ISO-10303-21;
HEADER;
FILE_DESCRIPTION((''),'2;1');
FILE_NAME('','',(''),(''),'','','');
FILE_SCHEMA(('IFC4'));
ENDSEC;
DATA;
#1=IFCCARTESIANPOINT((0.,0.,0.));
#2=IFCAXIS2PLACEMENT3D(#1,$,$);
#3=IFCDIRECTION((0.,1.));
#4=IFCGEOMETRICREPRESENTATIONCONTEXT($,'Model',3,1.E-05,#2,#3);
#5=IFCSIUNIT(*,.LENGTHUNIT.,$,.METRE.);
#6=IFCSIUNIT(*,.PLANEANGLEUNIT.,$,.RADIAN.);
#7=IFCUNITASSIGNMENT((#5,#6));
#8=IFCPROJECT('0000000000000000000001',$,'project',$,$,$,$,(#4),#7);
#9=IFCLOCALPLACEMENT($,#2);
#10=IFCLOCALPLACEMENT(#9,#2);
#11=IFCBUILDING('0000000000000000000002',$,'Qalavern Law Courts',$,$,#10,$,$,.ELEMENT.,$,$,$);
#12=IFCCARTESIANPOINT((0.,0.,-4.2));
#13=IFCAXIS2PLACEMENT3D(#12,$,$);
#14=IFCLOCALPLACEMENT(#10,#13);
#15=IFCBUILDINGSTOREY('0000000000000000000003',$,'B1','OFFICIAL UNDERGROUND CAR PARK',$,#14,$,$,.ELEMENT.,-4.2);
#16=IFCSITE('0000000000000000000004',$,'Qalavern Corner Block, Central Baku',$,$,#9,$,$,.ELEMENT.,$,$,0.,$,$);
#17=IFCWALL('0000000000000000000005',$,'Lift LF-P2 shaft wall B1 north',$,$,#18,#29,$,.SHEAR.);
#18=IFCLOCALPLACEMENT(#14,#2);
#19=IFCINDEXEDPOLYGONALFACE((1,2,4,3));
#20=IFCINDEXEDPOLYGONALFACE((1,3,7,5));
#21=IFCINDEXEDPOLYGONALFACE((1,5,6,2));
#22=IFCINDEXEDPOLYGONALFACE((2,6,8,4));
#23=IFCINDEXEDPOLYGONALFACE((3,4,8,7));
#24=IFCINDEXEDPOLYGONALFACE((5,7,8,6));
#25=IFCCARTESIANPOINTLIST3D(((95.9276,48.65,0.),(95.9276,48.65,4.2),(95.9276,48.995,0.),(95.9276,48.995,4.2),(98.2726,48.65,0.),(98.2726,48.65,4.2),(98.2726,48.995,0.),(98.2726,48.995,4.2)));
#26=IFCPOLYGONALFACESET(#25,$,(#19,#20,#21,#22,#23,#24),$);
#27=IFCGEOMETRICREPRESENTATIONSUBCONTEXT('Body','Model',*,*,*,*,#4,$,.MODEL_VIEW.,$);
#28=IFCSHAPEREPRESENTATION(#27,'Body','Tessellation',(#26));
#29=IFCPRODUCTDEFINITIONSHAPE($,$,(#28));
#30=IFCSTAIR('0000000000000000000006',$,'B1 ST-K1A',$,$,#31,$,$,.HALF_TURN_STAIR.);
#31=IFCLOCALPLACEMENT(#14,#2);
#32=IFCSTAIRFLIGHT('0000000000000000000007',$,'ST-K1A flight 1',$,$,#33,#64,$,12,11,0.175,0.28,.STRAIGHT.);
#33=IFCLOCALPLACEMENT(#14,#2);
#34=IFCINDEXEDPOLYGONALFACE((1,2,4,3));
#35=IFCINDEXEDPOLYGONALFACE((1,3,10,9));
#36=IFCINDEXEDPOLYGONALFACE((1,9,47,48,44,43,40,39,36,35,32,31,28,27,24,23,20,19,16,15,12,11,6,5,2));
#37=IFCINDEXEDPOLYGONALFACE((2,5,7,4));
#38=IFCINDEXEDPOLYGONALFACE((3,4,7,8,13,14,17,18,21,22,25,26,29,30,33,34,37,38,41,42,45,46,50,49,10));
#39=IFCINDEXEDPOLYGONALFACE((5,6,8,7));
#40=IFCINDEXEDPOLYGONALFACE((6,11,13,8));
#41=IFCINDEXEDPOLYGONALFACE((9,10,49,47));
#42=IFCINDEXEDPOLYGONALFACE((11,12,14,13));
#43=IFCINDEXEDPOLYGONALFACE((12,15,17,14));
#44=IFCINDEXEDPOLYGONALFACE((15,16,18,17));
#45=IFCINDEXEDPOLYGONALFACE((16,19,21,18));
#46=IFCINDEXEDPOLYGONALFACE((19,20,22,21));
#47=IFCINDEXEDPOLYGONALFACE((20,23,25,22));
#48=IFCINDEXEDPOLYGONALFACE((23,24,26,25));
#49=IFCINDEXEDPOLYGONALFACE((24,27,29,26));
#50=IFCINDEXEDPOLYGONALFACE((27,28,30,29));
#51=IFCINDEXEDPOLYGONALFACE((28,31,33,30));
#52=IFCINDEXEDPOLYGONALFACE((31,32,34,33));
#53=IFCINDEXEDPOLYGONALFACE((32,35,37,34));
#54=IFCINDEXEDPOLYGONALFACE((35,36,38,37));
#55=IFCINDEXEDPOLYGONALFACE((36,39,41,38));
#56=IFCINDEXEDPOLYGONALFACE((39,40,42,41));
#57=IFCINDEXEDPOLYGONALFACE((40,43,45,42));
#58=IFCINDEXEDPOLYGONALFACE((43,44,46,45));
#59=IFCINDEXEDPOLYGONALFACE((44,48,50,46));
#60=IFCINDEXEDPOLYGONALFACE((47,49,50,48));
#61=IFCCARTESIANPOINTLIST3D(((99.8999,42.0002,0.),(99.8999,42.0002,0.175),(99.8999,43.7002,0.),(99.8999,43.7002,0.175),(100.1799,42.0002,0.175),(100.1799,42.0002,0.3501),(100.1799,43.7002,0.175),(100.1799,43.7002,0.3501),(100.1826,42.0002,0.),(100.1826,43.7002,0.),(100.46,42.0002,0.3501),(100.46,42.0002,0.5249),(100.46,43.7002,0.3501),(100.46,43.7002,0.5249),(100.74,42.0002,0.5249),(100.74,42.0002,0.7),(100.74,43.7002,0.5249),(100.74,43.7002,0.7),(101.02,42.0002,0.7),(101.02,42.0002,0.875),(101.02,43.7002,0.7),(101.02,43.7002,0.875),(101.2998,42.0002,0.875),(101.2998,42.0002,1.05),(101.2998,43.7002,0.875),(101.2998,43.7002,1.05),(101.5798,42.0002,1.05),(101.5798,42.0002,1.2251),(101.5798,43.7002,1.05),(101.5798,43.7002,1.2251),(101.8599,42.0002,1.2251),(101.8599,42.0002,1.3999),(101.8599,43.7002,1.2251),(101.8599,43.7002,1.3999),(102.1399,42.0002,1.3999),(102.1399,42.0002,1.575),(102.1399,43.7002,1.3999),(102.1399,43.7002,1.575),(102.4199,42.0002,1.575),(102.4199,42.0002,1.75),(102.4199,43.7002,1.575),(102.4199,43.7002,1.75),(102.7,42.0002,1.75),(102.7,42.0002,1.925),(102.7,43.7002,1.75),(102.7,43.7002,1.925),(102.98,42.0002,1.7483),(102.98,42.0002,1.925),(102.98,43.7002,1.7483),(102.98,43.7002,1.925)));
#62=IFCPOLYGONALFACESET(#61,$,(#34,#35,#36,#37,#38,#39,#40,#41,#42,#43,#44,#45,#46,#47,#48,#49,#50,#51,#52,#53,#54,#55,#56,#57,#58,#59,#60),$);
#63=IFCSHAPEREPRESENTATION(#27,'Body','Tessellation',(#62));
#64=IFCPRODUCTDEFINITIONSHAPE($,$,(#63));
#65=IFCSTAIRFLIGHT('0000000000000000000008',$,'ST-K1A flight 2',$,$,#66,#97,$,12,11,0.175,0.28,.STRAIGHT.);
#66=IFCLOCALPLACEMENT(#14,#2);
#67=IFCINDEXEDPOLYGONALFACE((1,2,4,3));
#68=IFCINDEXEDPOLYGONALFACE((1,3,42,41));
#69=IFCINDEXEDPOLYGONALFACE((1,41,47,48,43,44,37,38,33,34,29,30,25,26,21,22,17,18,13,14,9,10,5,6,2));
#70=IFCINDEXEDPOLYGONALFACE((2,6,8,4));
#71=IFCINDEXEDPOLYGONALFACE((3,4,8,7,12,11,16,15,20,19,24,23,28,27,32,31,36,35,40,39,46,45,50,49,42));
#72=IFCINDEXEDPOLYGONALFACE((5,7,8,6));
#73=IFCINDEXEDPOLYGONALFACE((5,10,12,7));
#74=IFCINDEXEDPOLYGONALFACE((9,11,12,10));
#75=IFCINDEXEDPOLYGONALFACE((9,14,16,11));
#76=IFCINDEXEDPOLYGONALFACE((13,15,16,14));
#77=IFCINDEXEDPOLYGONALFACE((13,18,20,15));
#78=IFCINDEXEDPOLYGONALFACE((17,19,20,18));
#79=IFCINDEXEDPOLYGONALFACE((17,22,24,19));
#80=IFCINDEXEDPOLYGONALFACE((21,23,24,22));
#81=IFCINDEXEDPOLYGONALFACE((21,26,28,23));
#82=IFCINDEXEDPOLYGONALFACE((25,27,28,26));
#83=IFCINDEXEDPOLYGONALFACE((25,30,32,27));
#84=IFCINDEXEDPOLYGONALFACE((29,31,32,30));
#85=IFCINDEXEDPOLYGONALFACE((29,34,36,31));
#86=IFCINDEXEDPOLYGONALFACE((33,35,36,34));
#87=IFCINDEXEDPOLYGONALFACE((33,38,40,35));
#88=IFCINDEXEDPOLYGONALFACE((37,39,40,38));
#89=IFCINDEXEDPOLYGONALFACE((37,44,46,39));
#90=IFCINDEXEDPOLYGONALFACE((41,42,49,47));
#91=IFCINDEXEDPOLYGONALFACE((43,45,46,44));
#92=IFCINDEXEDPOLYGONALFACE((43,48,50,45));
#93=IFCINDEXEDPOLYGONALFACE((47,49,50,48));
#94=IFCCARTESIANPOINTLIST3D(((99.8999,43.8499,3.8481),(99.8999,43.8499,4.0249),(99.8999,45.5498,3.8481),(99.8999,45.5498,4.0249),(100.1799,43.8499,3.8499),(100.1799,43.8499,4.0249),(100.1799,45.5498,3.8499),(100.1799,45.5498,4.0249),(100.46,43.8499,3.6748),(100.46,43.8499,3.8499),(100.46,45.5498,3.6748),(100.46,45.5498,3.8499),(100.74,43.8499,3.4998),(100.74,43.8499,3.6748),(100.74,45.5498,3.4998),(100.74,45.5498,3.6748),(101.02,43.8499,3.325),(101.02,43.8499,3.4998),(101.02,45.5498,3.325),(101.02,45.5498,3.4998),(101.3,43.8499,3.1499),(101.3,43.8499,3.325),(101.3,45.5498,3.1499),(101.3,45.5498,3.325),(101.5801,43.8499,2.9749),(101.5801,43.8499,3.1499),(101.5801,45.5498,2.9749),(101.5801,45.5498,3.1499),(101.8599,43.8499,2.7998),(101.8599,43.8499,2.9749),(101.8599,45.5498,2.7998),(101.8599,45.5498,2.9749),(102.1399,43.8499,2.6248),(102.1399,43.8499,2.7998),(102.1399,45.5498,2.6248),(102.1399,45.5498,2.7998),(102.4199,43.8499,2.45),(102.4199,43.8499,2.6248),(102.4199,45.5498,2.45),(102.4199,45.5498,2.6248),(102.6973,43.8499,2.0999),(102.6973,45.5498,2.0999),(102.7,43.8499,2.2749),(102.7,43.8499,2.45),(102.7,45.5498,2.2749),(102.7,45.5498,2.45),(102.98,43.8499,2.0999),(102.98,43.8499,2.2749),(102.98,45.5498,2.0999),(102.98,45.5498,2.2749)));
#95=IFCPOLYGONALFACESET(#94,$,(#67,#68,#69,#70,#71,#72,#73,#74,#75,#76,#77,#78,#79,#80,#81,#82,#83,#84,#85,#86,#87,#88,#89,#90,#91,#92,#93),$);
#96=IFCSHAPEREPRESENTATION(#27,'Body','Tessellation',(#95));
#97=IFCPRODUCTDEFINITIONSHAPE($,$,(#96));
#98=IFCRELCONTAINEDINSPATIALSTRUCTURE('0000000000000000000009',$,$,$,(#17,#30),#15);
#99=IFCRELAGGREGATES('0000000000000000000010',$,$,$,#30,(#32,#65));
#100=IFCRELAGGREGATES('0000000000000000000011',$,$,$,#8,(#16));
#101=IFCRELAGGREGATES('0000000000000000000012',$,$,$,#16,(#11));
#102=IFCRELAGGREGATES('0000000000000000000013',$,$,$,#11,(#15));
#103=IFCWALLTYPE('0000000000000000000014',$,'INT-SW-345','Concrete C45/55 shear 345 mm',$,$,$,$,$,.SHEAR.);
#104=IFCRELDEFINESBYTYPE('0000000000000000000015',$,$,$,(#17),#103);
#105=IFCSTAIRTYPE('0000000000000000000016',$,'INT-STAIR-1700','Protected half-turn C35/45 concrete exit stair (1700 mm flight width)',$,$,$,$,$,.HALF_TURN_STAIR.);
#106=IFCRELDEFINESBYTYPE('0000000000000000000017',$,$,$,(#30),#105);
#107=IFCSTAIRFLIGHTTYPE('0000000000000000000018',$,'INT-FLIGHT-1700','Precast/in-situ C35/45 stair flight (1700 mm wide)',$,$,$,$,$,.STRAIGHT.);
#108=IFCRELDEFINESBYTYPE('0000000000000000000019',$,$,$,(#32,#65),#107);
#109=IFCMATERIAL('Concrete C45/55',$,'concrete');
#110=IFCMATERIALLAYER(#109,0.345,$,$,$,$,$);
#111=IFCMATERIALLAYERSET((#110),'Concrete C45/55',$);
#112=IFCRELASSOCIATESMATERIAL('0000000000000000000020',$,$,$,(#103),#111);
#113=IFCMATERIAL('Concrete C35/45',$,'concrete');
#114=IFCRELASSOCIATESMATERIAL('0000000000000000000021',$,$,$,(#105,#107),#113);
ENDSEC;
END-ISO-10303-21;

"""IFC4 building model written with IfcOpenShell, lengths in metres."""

from ifc_helpers import new_model, si_unit, direction, frame, frame_2d, origin, place, context, subcontext, project, spatial, polyline, rectangle, outline, extrude, material, layer, layer_set, type_object, element, aggregate, save


model = new_model("IFC4")

# Units and contexts
model_context = context("Model", 3, precision=1e-05, world=origin(), true_north=direction((0.0, 1.0)))
body_context = subcontext(model_context, "Body", "Model", "MODEL_VIEW")
ifc_project = project(units=[si_unit("LENGTHUNIT", "METRE"), si_unit("PLANEANGLEUNIT", "RADIAN")], contexts=[model_context])

# Site, building, storey
site_placement = place(None, origin())
site = spatial("IfcSite", under=ifc_project, at=site_placement, Name="Qalavern Corner Block, Central Baku", CompositionType="ELEMENT", RefElevation=0.0)
building_placement = place(site_placement, origin())
building = spatial("IfcBuilding", under=site, at=building_placement, Name="Qalavern Law Courts", CompositionType="ELEMENT")
storey_placement = place(building_placement, frame((0.0, 0.0, -4.2)))
storey = spatial("IfcBuildingStorey", under=building, at=storey_placement, Name="B1", Description="OFFICIAL UNDERGROUND CAR PARK", CompositionType="ELEMENT", Elevation=-4.2)

# Shared definitions
ifc_material_1 = material(Name="Concrete C45/55", Category="concrete")

# Shared definitions
ifc_material_2 = material(Name="Concrete C35/45", Category="concrete")

# Shared definitions
ifc_layer_1 = layer(ifc_material_1, 0.345)
ifc_layer_set_1 = layer_set([ifc_layer_1], Name="Concrete C45/55")
wall_type_1 = type_object("IfcWallType", Name="INT-SW-345", Description="Concrete C45/55 shear 345 mm", PredefinedType="SHEAR", material=ifc_layer_set_1)

# Wall
wall_1_placement = place(storey_placement, frame((98.2725, 48.8225, 0.0), z_axis=(0.0, 0.0, 1.0), x_axis=(-1.0, 0.0, 0.0)))
element("IfcWall", 1, at=wall_1_placement, inside=storey, type_object=wall_type_1, Name="Lift LF-P2 shaft wall B1 north", PredefinedType="SHEAR", context=body_context, shape_type="SweptSolid", body=[
    extrude(rectangle(XDim=2.345, YDim=0.345, at=frame_2d((1.1724, 0.0))), origin(), (0.0, 0.0, 1.0), 4.2),
])

# Stair, stair flights
stair_type = type_object("IfcStairType", Name="INT-STAIR-1700", Description="Protected half-turn C35/45 concrete exit stair (1700 mm flight width)", PredefinedType="HALF_TURN_STAIR", material=ifc_material_2)
stair_placement = place(storey_placement, origin())
stair = element("IfcStair", 2, at=stair_placement, inside=storey, type_object=stair_type, Name="B1 ST-K1A", PredefinedType="HALF_TURN_STAIR")
stair_flight_type = type_object("IfcStairFlightType", Name="INT-FLIGHT-1700", Description="Precast/in-situ C35/45 stair flight (1700 mm wide)", PredefinedType="STRAIGHT", material=ifc_material_2)
stair_flight_1_placement = place(storey_placement, frame((99.8999, 42.8501, 0.0), z_axis=(0.0, 0.0, 1.0), x_axis=(1.0, 0.0, 0.0)))
stair_flight_1 = element("IfcStairFlight", 3, at=stair_flight_1_placement, type_object=stair_flight_type, Name="ST-K1A flight 1", NumberOfRisers=12, NumberOfTreads=11, PredefinedType="STRAIGHT", RiserHeight=0.175, TreadLength=0.28, context=body_context, shape_type="SweptSolid", body=[
    extrude(outline(polyline([(0.0, 0.0), (0.0, 0.175), (0.28, 0.175), (0.28, 0.3501), (0.5601, 0.3501), (0.5601, 0.5249), (0.8401, 0.5249), (0.8401, 0.7), (1.1201, 0.7), (1.1201, 0.875), (1.3999, 0.875), (1.3999, 1.05), (1.6799, 1.05), (1.6799, 1.2251), (1.96, 1.2251), (1.96, 1.3999), (2.24, 1.3999), (2.24, 1.575), (2.52, 1.575), (2.52, 1.75), (2.8, 1.75), (2.8, 1.925), (3.0801, 1.925), (3.0801, 2.1001), (3.0801, 1.7483), (0.2827, 0.0), (0.0, 0.0)])), frame((0.0, 0.8501, 0.0), z_axis=(0.0, -1.0, 0.0), x_axis=(1.0, 0.0, 0.0)), (0.0, 0.0, 1.0), 1.7),
])
stair_flight_2_placement = place(storey_placement, frame((102.98, 44.7, 2.0999), z_axis=(0.0, 0.0, 1.0), x_axis=(-1.0, 0.0, 0.0)))
stair_flight_2 = element("IfcStairFlight", 4, at=stair_flight_2_placement, type_object=stair_flight_type, Name="ST-K1A flight 2", NumberOfRisers=12, NumberOfTreads=11, PredefinedType="STRAIGHT", RiserHeight=0.175, TreadLength=0.28, context=body_context, shape_type="SweptSolid", body=[
    extrude(outline(polyline([(0.0, 0.0), (0.0, 0.175), (0.28, 0.175), (0.28, 0.3501), (0.5601, 0.3501), (0.5601, 0.5249), (0.8401, 0.5249), (0.8401, 0.7), (1.1201, 0.7), (1.1201, 0.875), (1.3999, 0.875), (1.3999, 1.05), (1.6799, 1.05), (1.6799, 1.2251), (1.96, 1.2251), (1.96, 1.3999), (2.24, 1.3999), (2.24, 1.575), (2.52, 1.575), (2.52, 1.75), (2.8, 1.75), (2.8, 1.925), (3.0801, 1.925), (3.0801, 2.1001), (3.0801, 1.7483), (0.2827, 0.0), (0.0, 0.0)])), frame((0.0, 0.8501, 0.0), z_axis=(0.0, -1.0, 0.0), x_axis=(1.0, 0.0, 0.0)), (0.0, 0.0, 1.0), 1.7),
])
aggregate(stair, [stair_flight_1, stair_flight_2])

save(model, "model.ifc")
